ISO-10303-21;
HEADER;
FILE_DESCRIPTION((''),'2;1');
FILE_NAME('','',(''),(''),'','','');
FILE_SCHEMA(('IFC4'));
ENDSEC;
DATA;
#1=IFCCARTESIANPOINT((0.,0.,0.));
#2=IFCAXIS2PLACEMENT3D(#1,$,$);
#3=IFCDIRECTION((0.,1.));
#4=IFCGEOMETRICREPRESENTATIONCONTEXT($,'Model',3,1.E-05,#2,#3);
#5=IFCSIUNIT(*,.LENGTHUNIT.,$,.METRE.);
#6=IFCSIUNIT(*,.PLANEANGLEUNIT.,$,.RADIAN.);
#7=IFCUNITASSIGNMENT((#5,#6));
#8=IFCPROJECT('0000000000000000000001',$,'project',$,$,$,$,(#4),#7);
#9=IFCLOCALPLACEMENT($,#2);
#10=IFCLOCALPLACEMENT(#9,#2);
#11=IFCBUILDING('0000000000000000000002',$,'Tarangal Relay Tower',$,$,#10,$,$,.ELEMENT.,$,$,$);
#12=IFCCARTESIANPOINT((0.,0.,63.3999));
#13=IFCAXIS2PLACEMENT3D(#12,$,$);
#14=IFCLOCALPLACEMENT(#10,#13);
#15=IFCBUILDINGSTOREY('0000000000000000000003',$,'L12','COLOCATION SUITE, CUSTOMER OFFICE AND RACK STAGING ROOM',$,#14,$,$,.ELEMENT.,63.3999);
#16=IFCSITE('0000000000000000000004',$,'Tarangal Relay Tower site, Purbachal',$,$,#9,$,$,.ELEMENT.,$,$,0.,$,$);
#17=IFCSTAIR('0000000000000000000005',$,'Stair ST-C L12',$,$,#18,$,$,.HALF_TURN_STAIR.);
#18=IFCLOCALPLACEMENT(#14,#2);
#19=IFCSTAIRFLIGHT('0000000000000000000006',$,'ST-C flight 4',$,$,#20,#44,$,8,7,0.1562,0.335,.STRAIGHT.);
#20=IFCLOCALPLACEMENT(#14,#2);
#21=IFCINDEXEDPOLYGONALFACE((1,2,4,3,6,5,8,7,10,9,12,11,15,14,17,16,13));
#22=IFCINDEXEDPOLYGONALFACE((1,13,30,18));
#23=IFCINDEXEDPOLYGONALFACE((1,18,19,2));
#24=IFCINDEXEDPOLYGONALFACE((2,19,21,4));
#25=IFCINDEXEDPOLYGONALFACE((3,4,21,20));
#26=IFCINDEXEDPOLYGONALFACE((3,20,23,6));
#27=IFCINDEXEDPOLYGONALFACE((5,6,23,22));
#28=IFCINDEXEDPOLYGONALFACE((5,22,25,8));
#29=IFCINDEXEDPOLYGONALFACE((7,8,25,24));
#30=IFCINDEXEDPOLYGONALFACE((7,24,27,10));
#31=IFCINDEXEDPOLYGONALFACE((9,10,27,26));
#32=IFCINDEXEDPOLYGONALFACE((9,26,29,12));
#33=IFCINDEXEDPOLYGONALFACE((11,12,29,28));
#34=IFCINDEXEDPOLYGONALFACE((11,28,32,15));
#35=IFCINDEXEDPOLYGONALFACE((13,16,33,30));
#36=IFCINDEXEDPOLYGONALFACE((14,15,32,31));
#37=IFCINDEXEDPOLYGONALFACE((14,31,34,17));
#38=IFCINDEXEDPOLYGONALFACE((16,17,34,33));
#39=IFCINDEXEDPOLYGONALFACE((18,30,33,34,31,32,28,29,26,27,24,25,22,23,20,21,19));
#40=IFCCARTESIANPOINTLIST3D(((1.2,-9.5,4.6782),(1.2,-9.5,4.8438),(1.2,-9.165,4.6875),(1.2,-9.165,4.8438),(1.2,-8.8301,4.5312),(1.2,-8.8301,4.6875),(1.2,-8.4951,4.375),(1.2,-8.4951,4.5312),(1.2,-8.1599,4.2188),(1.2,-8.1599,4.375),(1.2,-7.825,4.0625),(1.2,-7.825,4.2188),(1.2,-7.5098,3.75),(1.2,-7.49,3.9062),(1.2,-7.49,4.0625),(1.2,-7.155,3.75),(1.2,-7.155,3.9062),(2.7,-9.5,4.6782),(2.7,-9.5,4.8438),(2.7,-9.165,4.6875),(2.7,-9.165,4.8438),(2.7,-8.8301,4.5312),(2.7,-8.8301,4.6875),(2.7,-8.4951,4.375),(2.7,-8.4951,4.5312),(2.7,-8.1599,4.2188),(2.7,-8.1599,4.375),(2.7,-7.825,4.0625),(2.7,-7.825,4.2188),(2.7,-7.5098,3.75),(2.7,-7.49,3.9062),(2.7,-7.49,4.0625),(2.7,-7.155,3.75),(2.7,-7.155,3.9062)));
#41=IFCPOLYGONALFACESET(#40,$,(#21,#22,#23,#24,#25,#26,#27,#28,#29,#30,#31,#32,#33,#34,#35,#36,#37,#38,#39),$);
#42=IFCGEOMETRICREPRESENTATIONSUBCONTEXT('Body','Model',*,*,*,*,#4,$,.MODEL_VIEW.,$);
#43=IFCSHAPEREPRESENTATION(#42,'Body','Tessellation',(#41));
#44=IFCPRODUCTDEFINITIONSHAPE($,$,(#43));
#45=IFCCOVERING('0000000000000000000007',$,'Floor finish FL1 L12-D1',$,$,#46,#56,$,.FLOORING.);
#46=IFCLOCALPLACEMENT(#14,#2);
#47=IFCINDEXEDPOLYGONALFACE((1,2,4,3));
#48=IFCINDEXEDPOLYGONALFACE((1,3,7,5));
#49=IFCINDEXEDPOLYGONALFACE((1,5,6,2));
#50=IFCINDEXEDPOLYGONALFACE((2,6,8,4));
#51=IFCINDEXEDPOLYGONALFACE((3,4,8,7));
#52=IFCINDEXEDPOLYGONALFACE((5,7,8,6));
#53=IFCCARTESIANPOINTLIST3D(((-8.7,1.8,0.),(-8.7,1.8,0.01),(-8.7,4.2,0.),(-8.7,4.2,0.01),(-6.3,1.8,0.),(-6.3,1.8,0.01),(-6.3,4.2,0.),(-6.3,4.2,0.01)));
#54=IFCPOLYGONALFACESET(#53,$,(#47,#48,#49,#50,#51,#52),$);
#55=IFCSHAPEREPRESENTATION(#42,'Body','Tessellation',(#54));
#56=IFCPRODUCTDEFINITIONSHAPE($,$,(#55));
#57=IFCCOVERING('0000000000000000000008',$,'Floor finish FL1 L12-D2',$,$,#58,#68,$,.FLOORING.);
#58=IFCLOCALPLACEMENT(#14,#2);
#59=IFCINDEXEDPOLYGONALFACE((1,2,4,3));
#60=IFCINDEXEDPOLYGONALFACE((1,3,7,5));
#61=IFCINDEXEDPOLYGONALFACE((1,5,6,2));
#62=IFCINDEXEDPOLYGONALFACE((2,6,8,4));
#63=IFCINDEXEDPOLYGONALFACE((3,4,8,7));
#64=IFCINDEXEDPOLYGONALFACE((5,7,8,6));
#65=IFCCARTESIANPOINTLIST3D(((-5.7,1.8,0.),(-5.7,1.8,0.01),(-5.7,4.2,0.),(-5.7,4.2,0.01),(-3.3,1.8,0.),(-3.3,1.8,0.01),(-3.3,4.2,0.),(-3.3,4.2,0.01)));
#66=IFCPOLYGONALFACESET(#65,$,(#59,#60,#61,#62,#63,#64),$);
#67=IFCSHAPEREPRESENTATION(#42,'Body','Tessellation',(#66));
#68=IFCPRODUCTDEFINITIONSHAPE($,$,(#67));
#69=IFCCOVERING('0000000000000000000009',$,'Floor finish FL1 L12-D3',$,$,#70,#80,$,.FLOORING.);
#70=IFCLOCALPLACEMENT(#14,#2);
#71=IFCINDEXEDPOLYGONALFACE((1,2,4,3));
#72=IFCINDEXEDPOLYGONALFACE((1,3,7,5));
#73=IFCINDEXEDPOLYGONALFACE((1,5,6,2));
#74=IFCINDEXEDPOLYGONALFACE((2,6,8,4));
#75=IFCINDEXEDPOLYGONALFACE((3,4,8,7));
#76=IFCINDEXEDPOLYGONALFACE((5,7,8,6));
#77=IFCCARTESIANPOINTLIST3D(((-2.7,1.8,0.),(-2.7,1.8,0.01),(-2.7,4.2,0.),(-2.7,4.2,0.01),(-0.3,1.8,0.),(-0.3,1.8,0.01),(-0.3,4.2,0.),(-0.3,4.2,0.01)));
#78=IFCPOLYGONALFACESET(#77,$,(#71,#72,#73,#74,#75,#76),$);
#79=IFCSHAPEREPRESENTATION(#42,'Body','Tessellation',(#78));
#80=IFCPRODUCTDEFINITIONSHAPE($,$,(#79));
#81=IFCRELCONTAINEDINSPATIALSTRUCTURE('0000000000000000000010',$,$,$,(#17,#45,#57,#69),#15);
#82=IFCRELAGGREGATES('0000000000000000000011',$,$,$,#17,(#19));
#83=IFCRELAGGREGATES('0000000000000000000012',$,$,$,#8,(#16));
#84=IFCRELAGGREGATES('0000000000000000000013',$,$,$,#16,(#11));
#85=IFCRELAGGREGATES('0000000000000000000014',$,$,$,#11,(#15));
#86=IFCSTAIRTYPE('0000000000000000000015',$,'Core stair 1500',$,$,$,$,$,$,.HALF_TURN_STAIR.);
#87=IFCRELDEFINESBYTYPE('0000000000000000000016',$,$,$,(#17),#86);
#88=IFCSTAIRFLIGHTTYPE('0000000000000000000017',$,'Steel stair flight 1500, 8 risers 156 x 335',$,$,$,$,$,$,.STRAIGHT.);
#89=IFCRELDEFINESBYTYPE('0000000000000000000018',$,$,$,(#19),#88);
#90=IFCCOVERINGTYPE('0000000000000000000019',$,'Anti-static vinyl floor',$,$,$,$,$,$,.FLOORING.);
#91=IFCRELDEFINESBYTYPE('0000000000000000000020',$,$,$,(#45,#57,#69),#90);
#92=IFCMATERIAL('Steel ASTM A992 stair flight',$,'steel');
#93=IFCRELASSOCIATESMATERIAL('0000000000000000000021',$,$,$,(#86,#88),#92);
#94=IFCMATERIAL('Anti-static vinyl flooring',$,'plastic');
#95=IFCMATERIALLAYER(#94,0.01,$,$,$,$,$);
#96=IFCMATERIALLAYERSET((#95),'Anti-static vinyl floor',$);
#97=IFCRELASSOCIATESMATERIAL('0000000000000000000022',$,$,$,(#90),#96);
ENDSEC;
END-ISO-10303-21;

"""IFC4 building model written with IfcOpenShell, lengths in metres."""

from ifc_helpers import new_model, si_unit, direction, frame, origin, place, context, subcontext, project, spatial, polyline, outline, extrude, material, layer, layer_set, type_object, element, aggregate, save


model = new_model("IFC4")

# Units and contexts
model_context = context("Model", 3, precision=1e-05, world=origin(), true_north=direction((0.0, 1.0)))
body_context = subcontext(model_context, "Body", "Model", "MODEL_VIEW")
ifc_project = project(units=[si_unit("LENGTHUNIT", "METRE"), si_unit("PLANEANGLEUNIT", "RADIAN")], contexts=[model_context])

# Site, building, storey
site_placement = place(None, origin())
site = spatial("IfcSite", under=ifc_project, at=site_placement, Name="Tarangal Relay Tower site, Purbachal", CompositionType="ELEMENT", RefElevation=0.0)
building_placement = place(site_placement, origin())
building = spatial("IfcBuilding", under=site, at=building_placement, Name="Tarangal Relay Tower", CompositionType="ELEMENT")
storey_placement = place(building_placement, frame((0.0, 0.0, 63.3999)))
storey = spatial("IfcBuildingStorey", under=building, at=storey_placement, Name="L12", Description="COLOCATION SUITE, CUSTOMER OFFICE AND RACK STAGING ROOM", CompositionType="ELEMENT", Elevation=63.3999)

# Shared definitions
ifc_material_1 = material(Name="Steel ASTM A992 stair flight", Category="steel")
stair_type = type_object("IfcStairType", Name="Core stair 1500", PredefinedType="HALF_TURN_STAIR", material=ifc_material_1)

# Stair, stair flight
stair_1_placement = place(storey_placement, origin())
stair_1 = element("IfcStair", 1, at=stair_1_placement, inside=storey, type_object=stair_type, Name="Stair ST-C L12", PredefinedType="HALF_TURN_STAIR")
stair_flight_type = type_object("IfcStairFlightType", Name="Steel stair flight 1500, 8 risers 156 x 335", PredefinedType="STRAIGHT", material=ifc_material_1)
stair_flight_1_placement = place(storey_placement, frame((1.95, -7.155, 3.75), z_axis=(0.0, 0.0, 1.0), x_axis=(0.0, -1.0, 0.0)))
stair_flight_1 = element("IfcStairFlight", 2, at=stair_flight_1_placement, type_object=stair_flight_type, Name="ST-C flight 4", NumberOfRisers=8, NumberOfTreads=7, PredefinedType="STRAIGHT", RiserHeight=0.1562, TreadLength=0.335, context=body_context, shape_type="SweptSolid", body=[
    extrude(outline(polyline([(0.0, 0.0), (0.0, 0.1562), (0.335, 0.1562), (0.335, 0.3125), (0.6699, 0.3125), (0.6699, 0.4688), (1.0049, 0.4688), (1.0049, 0.625), (1.3401, 0.625), (1.3401, 0.7812), (1.675, 0.7812), (1.675, 0.9375), (2.01, 0.9375), (2.01, 1.0938), (2.345, 1.0938), (2.345, 1.25), (2.345, 0.9282), (0.3547, 0.0), (0.0, 0.0)])), frame((0.0, 0.75, 0.0), z_axis=(0.0, -1.0, 0.0), x_axis=(1.0, 0.0, 0.0)), (0.0, 0.0, 1.0), 1.5),
])
aggregate(stair_1, [stair_flight_1])

# Coverings
ifc_material_2 = material(Name="Anti-static vinyl flooring", Category="plastic")
ifc_layer_1 = layer(ifc_material_2, 0.01)
ifc_layer_set_1 = layer_set([ifc_layer_1], Name="Anti-static vinyl floor")
covering_type_1 = type_object("IfcCoveringType", Name="Anti-static vinyl floor", PredefinedType="FLOORING", material=ifc_layer_set_1)
covering_1_placement = place(storey_placement, origin())
element("IfcCovering", 3, at=covering_1_placement, inside=storey, type_object=covering_type_1, Name="Floor finish FL1 L12-D1", PredefinedType="FLOORING", context=body_context, shape_type="SweptSolid", body=[
    extrude(outline(polyline([(-8.7, 1.8), (-6.3, 1.8), (-6.3, 4.2), (-8.7, 4.2), (-8.7, 1.8)])), origin(), (0.0, 0.0, 1.0), 0.01),
])
covering_2_placement = place(storey_placement, origin())
element("IfcCovering", 4, at=covering_2_placement, inside=storey, type_object=covering_type_1, Name="Floor finish FL1 L12-D2", PredefinedType="FLOORING", context=body_context, shape_type="SweptSolid", body=[
    extrude(outline(polyline([(-5.7, 1.8), (-3.3, 1.8), (-3.3, 4.2), (-5.7, 4.2), (-5.7, 1.8)])), origin(), (0.0, 0.0, 1.0), 0.01),
])
covering_3_placement = place(storey_placement, origin())
element("IfcCovering", 5, at=covering_3_placement, inside=storey, type_object=covering_type_1, Name="Floor finish FL1 L12-D3", PredefinedType="FLOORING", context=body_context, shape_type="SweptSolid", body=[
    extrude(outline(polyline([(-2.7, 1.8), (-0.3, 1.8), (-0.3, 4.2), (-2.7, 4.2), (-2.7, 1.8)])), origin(), (0.0, 0.0, 1.0), 0.01),
])

save(model, "model.ifc")
